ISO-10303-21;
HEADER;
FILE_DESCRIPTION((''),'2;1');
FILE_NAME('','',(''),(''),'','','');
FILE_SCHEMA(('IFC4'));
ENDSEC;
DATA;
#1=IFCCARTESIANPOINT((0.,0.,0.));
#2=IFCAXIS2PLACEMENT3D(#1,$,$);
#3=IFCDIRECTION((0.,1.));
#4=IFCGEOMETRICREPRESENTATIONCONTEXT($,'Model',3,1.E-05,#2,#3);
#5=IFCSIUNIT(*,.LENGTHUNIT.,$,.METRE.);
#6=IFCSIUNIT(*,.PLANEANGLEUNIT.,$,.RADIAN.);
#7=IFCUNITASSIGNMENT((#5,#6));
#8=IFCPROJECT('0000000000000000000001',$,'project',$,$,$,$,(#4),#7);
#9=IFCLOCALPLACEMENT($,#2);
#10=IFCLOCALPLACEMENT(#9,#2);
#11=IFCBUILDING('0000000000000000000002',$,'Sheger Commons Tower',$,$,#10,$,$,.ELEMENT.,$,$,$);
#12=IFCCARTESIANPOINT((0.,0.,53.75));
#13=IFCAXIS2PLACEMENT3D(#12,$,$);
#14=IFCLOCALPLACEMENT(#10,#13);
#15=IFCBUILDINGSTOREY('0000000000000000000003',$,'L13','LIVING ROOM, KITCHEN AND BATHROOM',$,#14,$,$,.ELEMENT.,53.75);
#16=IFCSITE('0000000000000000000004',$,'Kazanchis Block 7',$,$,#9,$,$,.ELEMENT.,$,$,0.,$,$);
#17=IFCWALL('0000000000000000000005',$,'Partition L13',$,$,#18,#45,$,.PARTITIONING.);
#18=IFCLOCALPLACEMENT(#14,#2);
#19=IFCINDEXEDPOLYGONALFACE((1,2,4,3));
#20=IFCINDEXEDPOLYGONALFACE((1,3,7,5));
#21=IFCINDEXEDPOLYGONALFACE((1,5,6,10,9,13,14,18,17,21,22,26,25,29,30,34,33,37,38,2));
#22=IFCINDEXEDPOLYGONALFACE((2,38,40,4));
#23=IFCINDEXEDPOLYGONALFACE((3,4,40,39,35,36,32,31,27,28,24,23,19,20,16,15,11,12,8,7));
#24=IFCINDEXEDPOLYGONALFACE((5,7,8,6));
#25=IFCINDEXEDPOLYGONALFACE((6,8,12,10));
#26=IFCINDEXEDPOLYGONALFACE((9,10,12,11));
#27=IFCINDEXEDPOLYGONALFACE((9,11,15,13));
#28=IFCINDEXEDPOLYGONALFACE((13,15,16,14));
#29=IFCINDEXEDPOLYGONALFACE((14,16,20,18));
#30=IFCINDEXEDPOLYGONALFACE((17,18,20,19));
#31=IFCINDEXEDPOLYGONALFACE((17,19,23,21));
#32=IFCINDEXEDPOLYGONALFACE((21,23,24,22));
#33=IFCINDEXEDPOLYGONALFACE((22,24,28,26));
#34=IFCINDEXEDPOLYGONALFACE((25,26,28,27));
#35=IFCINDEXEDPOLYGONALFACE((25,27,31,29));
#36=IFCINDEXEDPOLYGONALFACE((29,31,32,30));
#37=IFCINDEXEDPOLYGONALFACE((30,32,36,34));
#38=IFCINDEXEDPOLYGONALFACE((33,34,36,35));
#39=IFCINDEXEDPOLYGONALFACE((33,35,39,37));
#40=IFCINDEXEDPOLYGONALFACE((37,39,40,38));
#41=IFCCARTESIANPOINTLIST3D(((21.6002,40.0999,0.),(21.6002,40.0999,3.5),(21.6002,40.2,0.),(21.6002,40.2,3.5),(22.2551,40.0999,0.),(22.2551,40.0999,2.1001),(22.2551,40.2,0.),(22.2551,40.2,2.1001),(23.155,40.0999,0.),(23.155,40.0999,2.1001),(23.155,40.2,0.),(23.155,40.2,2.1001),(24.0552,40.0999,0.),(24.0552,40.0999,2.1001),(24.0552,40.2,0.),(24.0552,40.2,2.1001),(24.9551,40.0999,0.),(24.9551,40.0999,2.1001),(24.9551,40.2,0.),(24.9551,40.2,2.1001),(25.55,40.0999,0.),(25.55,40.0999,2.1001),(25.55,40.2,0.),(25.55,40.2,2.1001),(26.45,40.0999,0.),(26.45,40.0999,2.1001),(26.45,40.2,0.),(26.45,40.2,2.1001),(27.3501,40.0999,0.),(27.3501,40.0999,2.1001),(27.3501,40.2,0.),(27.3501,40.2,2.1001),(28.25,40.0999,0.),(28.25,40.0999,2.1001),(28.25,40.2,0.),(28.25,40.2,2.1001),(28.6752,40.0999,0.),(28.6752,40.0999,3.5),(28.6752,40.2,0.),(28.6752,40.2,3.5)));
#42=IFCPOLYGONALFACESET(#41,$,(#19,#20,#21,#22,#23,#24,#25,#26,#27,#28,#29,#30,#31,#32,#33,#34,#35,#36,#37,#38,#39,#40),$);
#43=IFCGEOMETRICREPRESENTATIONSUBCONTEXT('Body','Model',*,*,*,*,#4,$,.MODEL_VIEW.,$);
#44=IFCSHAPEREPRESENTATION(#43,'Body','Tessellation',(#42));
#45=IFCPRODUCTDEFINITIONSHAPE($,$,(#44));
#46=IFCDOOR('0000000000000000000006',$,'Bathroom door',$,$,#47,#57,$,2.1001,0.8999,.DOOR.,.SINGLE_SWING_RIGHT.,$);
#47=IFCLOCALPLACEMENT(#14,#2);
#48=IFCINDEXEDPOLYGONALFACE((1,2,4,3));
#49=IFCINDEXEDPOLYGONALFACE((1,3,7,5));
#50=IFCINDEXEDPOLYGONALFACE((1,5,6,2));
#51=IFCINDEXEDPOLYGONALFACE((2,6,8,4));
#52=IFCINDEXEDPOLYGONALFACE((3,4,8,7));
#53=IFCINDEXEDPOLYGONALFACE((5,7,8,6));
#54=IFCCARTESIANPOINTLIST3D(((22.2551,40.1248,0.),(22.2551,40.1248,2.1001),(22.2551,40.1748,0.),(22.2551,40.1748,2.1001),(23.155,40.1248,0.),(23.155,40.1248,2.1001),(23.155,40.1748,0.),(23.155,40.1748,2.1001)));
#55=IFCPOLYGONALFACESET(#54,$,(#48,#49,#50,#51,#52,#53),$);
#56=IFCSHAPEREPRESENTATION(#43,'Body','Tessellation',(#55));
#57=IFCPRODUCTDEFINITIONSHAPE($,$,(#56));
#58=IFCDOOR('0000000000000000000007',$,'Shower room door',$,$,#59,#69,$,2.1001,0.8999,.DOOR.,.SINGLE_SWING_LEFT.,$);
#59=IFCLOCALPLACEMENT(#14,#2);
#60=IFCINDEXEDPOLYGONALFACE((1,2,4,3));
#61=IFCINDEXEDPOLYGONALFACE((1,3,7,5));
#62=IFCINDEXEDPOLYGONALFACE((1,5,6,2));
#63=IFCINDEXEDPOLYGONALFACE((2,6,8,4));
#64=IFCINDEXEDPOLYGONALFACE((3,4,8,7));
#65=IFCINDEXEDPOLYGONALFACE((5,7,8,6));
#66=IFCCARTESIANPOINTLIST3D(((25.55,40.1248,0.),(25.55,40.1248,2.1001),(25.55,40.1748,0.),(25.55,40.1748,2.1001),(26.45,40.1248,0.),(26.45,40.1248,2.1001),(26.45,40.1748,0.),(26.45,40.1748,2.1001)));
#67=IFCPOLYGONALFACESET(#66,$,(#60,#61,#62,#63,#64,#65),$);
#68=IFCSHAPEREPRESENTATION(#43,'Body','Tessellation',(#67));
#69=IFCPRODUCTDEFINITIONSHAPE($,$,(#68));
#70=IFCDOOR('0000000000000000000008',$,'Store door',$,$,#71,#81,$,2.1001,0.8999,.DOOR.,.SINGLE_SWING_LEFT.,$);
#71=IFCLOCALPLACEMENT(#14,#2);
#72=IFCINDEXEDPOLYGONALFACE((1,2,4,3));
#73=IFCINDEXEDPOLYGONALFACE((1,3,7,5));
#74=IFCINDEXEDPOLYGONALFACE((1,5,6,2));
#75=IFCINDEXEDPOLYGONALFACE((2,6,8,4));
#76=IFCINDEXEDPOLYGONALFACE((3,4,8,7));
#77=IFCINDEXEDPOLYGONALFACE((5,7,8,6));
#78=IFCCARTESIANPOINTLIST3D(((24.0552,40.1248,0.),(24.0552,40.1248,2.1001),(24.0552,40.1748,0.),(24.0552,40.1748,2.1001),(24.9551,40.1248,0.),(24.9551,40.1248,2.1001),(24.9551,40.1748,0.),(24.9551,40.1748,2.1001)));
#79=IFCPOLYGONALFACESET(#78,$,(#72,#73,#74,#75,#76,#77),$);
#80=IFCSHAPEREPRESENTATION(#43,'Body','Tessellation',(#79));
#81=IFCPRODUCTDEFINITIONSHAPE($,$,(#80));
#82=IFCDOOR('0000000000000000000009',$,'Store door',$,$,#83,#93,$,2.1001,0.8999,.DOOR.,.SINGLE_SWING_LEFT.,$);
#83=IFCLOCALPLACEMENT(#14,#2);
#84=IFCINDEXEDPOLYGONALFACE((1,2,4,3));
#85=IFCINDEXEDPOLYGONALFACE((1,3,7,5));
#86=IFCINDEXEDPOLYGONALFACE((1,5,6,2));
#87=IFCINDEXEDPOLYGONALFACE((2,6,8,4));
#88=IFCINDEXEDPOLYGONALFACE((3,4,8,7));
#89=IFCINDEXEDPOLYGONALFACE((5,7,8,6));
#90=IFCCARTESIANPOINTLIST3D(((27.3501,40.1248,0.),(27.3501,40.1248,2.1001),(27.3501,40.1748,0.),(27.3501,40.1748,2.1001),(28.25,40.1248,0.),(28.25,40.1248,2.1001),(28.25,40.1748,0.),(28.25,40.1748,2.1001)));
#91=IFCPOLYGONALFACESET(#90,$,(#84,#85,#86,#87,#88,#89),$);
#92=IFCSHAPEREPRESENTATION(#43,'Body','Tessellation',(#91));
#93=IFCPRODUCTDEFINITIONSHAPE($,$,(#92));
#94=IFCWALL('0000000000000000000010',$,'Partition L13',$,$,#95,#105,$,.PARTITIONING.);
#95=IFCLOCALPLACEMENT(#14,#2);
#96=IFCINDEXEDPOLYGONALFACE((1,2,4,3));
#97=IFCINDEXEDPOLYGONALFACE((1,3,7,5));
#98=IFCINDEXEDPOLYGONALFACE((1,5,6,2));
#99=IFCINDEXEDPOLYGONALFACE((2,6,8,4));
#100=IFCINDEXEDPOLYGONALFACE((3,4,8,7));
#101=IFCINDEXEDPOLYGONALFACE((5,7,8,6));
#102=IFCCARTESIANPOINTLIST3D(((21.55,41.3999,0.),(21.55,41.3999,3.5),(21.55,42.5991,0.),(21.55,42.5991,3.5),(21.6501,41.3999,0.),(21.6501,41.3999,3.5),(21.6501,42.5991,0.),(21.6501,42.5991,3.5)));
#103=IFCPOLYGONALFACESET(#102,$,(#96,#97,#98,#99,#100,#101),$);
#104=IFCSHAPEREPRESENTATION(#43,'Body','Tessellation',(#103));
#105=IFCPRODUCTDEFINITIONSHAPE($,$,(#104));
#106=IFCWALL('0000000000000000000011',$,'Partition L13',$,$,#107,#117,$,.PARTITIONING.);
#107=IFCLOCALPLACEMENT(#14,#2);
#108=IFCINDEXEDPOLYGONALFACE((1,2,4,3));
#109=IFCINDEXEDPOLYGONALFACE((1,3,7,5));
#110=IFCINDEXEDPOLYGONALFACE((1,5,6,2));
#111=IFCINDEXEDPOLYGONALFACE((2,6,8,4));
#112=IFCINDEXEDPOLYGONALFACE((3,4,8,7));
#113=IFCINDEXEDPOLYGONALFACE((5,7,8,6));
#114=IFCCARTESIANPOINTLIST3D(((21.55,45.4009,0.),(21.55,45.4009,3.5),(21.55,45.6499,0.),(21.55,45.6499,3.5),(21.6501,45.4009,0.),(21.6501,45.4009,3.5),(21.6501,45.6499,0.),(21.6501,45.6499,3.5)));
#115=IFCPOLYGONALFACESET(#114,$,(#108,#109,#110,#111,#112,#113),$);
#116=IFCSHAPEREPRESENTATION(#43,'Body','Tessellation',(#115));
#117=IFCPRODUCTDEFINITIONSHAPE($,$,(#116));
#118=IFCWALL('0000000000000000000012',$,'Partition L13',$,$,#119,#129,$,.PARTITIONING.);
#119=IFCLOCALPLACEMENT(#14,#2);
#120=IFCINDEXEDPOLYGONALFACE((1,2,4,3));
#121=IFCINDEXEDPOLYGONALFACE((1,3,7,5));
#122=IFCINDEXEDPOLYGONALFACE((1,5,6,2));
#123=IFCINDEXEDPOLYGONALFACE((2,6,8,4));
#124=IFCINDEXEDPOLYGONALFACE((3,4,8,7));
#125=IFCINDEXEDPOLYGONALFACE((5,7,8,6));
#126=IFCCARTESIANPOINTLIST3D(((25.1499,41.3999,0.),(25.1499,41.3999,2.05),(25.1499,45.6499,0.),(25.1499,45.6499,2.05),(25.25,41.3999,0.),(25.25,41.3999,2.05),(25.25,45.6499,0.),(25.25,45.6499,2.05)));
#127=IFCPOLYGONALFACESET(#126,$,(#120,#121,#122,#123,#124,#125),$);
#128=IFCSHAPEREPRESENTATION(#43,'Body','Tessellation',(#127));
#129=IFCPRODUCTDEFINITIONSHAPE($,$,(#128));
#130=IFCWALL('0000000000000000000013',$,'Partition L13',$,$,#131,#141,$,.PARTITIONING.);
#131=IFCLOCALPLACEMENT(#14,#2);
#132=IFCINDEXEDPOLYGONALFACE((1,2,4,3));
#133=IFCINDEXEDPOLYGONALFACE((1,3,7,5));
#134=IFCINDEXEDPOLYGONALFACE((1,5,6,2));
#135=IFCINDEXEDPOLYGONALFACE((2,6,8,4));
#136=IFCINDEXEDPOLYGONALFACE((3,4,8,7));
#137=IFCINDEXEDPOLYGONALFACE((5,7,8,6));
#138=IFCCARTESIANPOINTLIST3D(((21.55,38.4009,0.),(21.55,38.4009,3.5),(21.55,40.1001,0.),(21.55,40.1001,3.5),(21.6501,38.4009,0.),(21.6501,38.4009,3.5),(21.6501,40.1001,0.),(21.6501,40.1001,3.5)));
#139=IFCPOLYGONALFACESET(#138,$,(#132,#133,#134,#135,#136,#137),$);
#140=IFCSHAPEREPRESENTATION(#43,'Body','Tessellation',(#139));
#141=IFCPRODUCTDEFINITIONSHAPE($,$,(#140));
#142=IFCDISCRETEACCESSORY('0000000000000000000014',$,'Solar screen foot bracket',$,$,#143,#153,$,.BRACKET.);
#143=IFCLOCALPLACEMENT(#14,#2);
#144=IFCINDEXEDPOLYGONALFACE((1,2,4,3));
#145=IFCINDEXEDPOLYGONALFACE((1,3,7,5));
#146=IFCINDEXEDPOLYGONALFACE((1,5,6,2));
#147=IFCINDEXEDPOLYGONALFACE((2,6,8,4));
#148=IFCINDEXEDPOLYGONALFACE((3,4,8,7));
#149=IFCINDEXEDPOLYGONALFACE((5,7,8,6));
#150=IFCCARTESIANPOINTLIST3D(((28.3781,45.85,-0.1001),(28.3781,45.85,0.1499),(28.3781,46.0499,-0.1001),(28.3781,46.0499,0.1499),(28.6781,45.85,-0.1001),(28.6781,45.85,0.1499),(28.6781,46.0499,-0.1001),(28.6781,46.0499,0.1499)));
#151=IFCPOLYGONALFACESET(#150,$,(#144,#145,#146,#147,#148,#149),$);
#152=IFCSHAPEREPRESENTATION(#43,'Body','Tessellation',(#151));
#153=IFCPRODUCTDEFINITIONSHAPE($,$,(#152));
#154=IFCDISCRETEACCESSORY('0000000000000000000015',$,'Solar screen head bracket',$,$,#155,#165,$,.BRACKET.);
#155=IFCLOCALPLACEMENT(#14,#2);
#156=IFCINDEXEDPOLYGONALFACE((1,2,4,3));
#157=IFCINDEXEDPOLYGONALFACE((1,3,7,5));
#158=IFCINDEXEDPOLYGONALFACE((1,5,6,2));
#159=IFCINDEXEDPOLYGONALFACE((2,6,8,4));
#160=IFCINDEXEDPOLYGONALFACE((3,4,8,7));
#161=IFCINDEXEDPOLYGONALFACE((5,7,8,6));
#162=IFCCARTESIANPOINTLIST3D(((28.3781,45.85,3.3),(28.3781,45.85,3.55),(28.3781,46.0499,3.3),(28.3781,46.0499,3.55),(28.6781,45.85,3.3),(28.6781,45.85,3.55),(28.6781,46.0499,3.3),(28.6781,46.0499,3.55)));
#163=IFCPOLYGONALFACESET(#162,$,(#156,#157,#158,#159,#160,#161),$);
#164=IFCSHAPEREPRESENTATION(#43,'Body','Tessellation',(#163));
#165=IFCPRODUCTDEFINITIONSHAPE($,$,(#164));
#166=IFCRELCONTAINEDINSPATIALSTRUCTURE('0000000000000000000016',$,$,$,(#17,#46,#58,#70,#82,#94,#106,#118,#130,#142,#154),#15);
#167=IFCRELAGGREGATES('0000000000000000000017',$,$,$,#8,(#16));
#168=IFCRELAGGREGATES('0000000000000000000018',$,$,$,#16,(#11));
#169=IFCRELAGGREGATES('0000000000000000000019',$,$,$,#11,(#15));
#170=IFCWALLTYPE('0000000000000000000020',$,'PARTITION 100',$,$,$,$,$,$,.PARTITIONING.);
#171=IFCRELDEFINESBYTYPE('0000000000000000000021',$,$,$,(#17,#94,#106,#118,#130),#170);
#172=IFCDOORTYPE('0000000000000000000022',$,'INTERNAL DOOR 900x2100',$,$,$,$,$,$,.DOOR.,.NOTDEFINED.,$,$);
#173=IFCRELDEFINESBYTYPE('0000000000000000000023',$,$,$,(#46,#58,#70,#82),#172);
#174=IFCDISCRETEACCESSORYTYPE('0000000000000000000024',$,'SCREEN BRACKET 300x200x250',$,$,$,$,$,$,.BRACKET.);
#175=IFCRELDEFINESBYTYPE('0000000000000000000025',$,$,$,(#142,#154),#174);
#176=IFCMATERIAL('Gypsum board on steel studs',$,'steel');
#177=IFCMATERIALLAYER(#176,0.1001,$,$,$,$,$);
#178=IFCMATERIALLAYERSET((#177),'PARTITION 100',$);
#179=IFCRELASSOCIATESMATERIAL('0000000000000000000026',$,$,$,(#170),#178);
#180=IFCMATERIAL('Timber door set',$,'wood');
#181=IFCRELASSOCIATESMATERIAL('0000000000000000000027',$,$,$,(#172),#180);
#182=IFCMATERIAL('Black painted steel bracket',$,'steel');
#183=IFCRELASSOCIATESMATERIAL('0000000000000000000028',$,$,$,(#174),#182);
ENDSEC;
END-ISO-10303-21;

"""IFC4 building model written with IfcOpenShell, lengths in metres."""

from ifc_helpers import new_model, si_unit, direction, frame, frame_2d, origin, origin_2d, place, context, subcontext, project, spatial, rectangle, extrude, material, layer, layer_set, type_object, element, fill, save


model = new_model("IFC4")

# Units and contexts
model_context = context("Model", 3, precision=1e-05, world=origin(), true_north=direction((0.0, 1.0)))
body_context = subcontext(model_context, "Body", "Model", "MODEL_VIEW")
ifc_project = project(units=[si_unit("LENGTHUNIT", "METRE"), si_unit("PLANEANGLEUNIT", "RADIAN")], contexts=[model_context])

# Site, building, storey
site_placement = place(None, origin())
site = spatial("IfcSite", under=ifc_project, at=site_placement, Name="Kazanchis Block 7", CompositionType="ELEMENT", RefElevation=0.0)
building_placement = place(site_placement, origin())
building = spatial("IfcBuilding", under=site, at=building_placement, Name="Sheger Commons Tower", CompositionType="ELEMENT")
storey_placement = place(building_placement, frame((0.0, 0.0, 53.75)))
storey = spatial("IfcBuildingStorey", under=building, at=storey_placement, Name="L13", Description="LIVING ROOM, KITCHEN AND BATHROOM", CompositionType="ELEMENT", Elevation=53.75)

# Wall, openings, doors
ifc_material_1 = material(Name="Gypsum board on steel studs", Category="steel")
ifc_layer_1 = layer(ifc_material_1, 0.1001)
ifc_layer_set_1 = layer_set([ifc_layer_1], Name="PARTITION 100")
wall_type = type_object("IfcWallType", Name="PARTITION 100", PredefinedType="PARTITIONING", material=ifc_layer_set_1)
ifc_material_2 = material(Name="Timber door set", Category="wood")
door_type = type_object("IfcDoorType", Name="INTERNAL DOOR 900x2100", OperationType="NOTDEFINED", PredefinedType="DOOR", material=ifc_material_2)
wall_1_placement = place(storey_placement, frame((21.6001, 40.1499, 0.0), z_axis=(0.0, 0.0, 1.0), x_axis=(1.0, 0.0, 0.0)))
wall_1 = element("IfcWall", 1, at=wall_1_placement, inside=storey, type_object=wall_type, Name="Partition L13", PredefinedType="PARTITIONING", context=body_context, shape_type="SweptSolid", body=[
    extrude(rectangle(XDim=7.075, YDim=0.1001, at=frame_2d((3.5376, 0.0))), origin(), (0.0, 0.0, 1.0), 3.5),
])
opening_1_placement = place(wall_1_placement, frame((0.655, 0.0, 0.0)))
opening_1 = element("IfcOpeningElement", 2, at=opening_1_placement, cuts=wall_1, PredefinedType="OPENING", context=body_context, shape_type="SweptSolid", body=[
    extrude(rectangle(XDim=0.8999, YDim=2.1001, at=frame_2d((0.45, 1.05))), frame((0.0, 0.0601, 0.0), z_axis=(0.0, -1.0, 0.0), x_axis=(1.0, 0.0, 0.0)), (0.0, 0.0, 1.0), 0.1201),
])
opening_2_placement = place(wall_1_placement, frame((3.95, 0.0, 0.0)))
opening_2 = element("IfcOpeningElement", 3, at=opening_2_placement, cuts=wall_1, PredefinedType="OPENING", context=body_context, shape_type="SweptSolid", body=[
    extrude(rectangle(XDim=0.8999, YDim=2.1001, at=frame_2d((0.45, 1.05))), frame((0.0, 0.0601, 0.0), z_axis=(0.0, -1.0, 0.0), x_axis=(1.0, 0.0, 0.0)), (0.0, 0.0, 1.0), 0.1201),
])
opening_3_placement = place(wall_1_placement, frame((2.4551, 0.0, 0.0)))
opening_3 = element("IfcOpeningElement", 4, at=opening_3_placement, cuts=wall_1, PredefinedType="OPENING", context=body_context, shape_type="SweptSolid", body=[
    extrude(rectangle(XDim=0.8999, YDim=2.1001, at=frame_2d((0.45, 1.05))), frame((0.0, 0.0601, 0.0), z_axis=(0.0, -1.0, 0.0), x_axis=(1.0, 0.0, 0.0)), (0.0, 0.0, 1.0), 0.1201),
])
opening_4_placement = place(wall_1_placement, frame((5.75, 0.0, 0.0)))
opening_4 = element("IfcOpeningElement", 5, at=opening_4_placement, cuts=wall_1, PredefinedType="OPENING", context=body_context, shape_type="SweptSolid", body=[
    extrude(rectangle(XDim=0.8999, YDim=2.1001, at=frame_2d((0.45, 1.05))), frame((0.0, 0.0601, 0.0), z_axis=(0.0, -1.0, 0.0), x_axis=(1.0, 0.0, 0.0)), (0.0, 0.0, 1.0), 0.1201),
])
door_1_placement = place(opening_1_placement, origin())
door_1 = element("IfcDoor", 6, at=door_1_placement, inside=storey, type_object=door_type, Name="Bathroom door", OperationType="SINGLE_SWING_RIGHT", OverallHeight=2.1001, OverallWidth=0.8999, PredefinedType="DOOR", context=body_context, shape_type="SweptSolid", body=[
    extrude(rectangle(XDim=0.8999, YDim=2.1001, at=frame_2d((0.45, 1.05))), frame((0.0, 0.0249, 0.0), z_axis=(0.0, -1.0, 0.0), x_axis=(1.0, 0.0, 0.0)), (0.0, 0.0, 1.0), 0.05),
])
fill(opening_1, door_1)
door_2_placement = place(opening_2_placement, origin())
door_2 = element("IfcDoor", 7, at=door_2_placement, inside=storey, type_object=door_type, Name="Shower room door", OperationType="SINGLE_SWING_LEFT", OverallHeight=2.1001, OverallWidth=0.8999, PredefinedType="DOOR", context=body_context, shape_type="SweptSolid", body=[
    extrude(rectangle(XDim=0.8999, YDim=2.1001, at=frame_2d((0.45, 1.05))), frame((0.0, 0.0249, 0.0), z_axis=(0.0, -1.0, 0.0), x_axis=(1.0, 0.0, 0.0)), (0.0, 0.0, 1.0), 0.05),
])
fill(opening_2, door_2)
door_3_placement = place(opening_3_placement, origin())
door_3 = element("IfcDoor", 8, at=door_3_placement, inside=storey, type_object=door_type, Name="Store door", OperationType="SINGLE_SWING_LEFT", OverallHeight=2.1001, OverallWidth=0.8999, PredefinedType="DOOR", context=body_context, shape_type="SweptSolid", body=[
    extrude(rectangle(XDim=0.8999, YDim=2.1001, at=frame_2d((0.45, 1.05))), frame((0.0, 0.0249, 0.0), z_axis=(0.0, -1.0, 0.0), x_axis=(1.0, 0.0, 0.0)), (0.0, 0.0, 1.0), 0.05),
])
fill(opening_3, door_3)
door_4_placement = place(opening_4_placement, origin())
door_4 = element("IfcDoor", 9, at=door_4_placement, inside=storey, type_object=door_type, Name="Store door", OperationType="SINGLE_SWING_LEFT", OverallHeight=2.1001, OverallWidth=0.8999, PredefinedType="DOOR", context=body_context, shape_type="SweptSolid", body=[
    extrude(rectangle(XDim=0.8999, YDim=2.1001, at=frame_2d((0.45, 1.05))), frame((0.0, 0.0249, 0.0), z_axis=(0.0, -1.0, 0.0), x_axis=(1.0, 0.0, 0.0)), (0.0, 0.0, 1.0), 0.05),
])
fill(opening_4, door_4)

# Walls
wall_2_placement = place(storey_placement, frame((21.6001, 41.3999, 0.0), z_axis=(0.0, 0.0, 1.0), x_axis=(0.0, 1.0, 0.0)))
element("IfcWall", 10, at=wall_2_placement, inside=storey, type_object=wall_type, Name="Partition L13", PredefinedType="PARTITIONING", context=body_context, shape_type="SweptSolid", body=[
    extrude(rectangle(XDim=1.1992, YDim=0.1001, at=frame_2d((0.5996, 0.0))), origin(), (0.0, 0.0, 1.0), 3.5),
])
wall_3_placement = place(storey_placement, frame((21.6001, 45.4009, 0.0), z_axis=(0.0, 0.0, 1.0), x_axis=(0.0, 1.0, 0.0)))
element("IfcWall", 11, at=wall_3_placement, inside=storey, type_object=wall_type, Name="Partition L13", PredefinedType="PARTITIONING", context=body_context, shape_type="SweptSolid", body=[
    extrude(rectangle(XDim=0.249, YDim=0.1001, at=frame_2d((0.1245, 0.0))), origin(), (0.0, 0.0, 1.0), 3.5),
])
wall_4_placement = place(storey_placement, frame((25.2, 41.3999, 0.0), z_axis=(0.0, 0.0, 1.0), x_axis=(0.0, 1.0, 0.0)))
element("IfcWall", 12, at=wall_4_placement, inside=storey, type_object=wall_type, Name="Partition L13", PredefinedType="PARTITIONING", context=body_context, shape_type="SweptSolid", body=[
    extrude(rectangle(XDim=4.25, YDim=0.1001, at=frame_2d((2.125, 0.0))), origin(), (0.0, 0.0, 1.0), 2.05),
])
wall_5_placement = place(storey_placement, frame((21.6001, 38.4009, 0.0), z_axis=(0.0, 0.0, 1.0), x_axis=(0.0, 1.0, 0.0)))
element("IfcWall", 13, at=wall_5_placement, inside=storey, type_object=wall_type, Name="Partition L13", PredefinedType="PARTITIONING", context=body_context, shape_type="SweptSolid", body=[
    extrude(rectangle(XDim=1.6992, YDim=0.1001, at=frame_2d((0.8496, 0.0))), origin(), (0.0, 0.0, 1.0), 3.5),
])

# Discrete accessories
ifc_material_3 = material(Name="Black painted steel bracket", Category="steel")
discrete_accessory_type = type_object("IfcDiscreteAccessoryType", Name="SCREEN BRACKET 300x200x250", PredefinedType="BRACKET", material=ifc_material_3)
for number, where, z_axis, x_axis, name in (
    (14, (28.5281, 45.95, -0.1001), (0.0, 0.0, 1.0), (-1.0, 0.0, 0.0), "Solar screen foot bracket"),
    (15, (28.5281, 45.95, 3.3), (0.0, 0.0, 1.0), (-1.0, 0.0, 0.0), "Solar screen head bracket"),
):
    element("IfcDiscreteAccessory", number, at=place(storey_placement, frame(where, z_axis=z_axis, x_axis=x_axis)), inside=storey, type_object=discrete_accessory_type, Name=name, PredefinedType="BRACKET", context=body_context, shape_type="SweptSolid", body=[
        extrude(rectangle(XDim=0.3, YDim=0.2, at=origin_2d()), origin(), (0.0, 0.0, 1.0), 0.25),
    ])

save(model, "model.ifc")
